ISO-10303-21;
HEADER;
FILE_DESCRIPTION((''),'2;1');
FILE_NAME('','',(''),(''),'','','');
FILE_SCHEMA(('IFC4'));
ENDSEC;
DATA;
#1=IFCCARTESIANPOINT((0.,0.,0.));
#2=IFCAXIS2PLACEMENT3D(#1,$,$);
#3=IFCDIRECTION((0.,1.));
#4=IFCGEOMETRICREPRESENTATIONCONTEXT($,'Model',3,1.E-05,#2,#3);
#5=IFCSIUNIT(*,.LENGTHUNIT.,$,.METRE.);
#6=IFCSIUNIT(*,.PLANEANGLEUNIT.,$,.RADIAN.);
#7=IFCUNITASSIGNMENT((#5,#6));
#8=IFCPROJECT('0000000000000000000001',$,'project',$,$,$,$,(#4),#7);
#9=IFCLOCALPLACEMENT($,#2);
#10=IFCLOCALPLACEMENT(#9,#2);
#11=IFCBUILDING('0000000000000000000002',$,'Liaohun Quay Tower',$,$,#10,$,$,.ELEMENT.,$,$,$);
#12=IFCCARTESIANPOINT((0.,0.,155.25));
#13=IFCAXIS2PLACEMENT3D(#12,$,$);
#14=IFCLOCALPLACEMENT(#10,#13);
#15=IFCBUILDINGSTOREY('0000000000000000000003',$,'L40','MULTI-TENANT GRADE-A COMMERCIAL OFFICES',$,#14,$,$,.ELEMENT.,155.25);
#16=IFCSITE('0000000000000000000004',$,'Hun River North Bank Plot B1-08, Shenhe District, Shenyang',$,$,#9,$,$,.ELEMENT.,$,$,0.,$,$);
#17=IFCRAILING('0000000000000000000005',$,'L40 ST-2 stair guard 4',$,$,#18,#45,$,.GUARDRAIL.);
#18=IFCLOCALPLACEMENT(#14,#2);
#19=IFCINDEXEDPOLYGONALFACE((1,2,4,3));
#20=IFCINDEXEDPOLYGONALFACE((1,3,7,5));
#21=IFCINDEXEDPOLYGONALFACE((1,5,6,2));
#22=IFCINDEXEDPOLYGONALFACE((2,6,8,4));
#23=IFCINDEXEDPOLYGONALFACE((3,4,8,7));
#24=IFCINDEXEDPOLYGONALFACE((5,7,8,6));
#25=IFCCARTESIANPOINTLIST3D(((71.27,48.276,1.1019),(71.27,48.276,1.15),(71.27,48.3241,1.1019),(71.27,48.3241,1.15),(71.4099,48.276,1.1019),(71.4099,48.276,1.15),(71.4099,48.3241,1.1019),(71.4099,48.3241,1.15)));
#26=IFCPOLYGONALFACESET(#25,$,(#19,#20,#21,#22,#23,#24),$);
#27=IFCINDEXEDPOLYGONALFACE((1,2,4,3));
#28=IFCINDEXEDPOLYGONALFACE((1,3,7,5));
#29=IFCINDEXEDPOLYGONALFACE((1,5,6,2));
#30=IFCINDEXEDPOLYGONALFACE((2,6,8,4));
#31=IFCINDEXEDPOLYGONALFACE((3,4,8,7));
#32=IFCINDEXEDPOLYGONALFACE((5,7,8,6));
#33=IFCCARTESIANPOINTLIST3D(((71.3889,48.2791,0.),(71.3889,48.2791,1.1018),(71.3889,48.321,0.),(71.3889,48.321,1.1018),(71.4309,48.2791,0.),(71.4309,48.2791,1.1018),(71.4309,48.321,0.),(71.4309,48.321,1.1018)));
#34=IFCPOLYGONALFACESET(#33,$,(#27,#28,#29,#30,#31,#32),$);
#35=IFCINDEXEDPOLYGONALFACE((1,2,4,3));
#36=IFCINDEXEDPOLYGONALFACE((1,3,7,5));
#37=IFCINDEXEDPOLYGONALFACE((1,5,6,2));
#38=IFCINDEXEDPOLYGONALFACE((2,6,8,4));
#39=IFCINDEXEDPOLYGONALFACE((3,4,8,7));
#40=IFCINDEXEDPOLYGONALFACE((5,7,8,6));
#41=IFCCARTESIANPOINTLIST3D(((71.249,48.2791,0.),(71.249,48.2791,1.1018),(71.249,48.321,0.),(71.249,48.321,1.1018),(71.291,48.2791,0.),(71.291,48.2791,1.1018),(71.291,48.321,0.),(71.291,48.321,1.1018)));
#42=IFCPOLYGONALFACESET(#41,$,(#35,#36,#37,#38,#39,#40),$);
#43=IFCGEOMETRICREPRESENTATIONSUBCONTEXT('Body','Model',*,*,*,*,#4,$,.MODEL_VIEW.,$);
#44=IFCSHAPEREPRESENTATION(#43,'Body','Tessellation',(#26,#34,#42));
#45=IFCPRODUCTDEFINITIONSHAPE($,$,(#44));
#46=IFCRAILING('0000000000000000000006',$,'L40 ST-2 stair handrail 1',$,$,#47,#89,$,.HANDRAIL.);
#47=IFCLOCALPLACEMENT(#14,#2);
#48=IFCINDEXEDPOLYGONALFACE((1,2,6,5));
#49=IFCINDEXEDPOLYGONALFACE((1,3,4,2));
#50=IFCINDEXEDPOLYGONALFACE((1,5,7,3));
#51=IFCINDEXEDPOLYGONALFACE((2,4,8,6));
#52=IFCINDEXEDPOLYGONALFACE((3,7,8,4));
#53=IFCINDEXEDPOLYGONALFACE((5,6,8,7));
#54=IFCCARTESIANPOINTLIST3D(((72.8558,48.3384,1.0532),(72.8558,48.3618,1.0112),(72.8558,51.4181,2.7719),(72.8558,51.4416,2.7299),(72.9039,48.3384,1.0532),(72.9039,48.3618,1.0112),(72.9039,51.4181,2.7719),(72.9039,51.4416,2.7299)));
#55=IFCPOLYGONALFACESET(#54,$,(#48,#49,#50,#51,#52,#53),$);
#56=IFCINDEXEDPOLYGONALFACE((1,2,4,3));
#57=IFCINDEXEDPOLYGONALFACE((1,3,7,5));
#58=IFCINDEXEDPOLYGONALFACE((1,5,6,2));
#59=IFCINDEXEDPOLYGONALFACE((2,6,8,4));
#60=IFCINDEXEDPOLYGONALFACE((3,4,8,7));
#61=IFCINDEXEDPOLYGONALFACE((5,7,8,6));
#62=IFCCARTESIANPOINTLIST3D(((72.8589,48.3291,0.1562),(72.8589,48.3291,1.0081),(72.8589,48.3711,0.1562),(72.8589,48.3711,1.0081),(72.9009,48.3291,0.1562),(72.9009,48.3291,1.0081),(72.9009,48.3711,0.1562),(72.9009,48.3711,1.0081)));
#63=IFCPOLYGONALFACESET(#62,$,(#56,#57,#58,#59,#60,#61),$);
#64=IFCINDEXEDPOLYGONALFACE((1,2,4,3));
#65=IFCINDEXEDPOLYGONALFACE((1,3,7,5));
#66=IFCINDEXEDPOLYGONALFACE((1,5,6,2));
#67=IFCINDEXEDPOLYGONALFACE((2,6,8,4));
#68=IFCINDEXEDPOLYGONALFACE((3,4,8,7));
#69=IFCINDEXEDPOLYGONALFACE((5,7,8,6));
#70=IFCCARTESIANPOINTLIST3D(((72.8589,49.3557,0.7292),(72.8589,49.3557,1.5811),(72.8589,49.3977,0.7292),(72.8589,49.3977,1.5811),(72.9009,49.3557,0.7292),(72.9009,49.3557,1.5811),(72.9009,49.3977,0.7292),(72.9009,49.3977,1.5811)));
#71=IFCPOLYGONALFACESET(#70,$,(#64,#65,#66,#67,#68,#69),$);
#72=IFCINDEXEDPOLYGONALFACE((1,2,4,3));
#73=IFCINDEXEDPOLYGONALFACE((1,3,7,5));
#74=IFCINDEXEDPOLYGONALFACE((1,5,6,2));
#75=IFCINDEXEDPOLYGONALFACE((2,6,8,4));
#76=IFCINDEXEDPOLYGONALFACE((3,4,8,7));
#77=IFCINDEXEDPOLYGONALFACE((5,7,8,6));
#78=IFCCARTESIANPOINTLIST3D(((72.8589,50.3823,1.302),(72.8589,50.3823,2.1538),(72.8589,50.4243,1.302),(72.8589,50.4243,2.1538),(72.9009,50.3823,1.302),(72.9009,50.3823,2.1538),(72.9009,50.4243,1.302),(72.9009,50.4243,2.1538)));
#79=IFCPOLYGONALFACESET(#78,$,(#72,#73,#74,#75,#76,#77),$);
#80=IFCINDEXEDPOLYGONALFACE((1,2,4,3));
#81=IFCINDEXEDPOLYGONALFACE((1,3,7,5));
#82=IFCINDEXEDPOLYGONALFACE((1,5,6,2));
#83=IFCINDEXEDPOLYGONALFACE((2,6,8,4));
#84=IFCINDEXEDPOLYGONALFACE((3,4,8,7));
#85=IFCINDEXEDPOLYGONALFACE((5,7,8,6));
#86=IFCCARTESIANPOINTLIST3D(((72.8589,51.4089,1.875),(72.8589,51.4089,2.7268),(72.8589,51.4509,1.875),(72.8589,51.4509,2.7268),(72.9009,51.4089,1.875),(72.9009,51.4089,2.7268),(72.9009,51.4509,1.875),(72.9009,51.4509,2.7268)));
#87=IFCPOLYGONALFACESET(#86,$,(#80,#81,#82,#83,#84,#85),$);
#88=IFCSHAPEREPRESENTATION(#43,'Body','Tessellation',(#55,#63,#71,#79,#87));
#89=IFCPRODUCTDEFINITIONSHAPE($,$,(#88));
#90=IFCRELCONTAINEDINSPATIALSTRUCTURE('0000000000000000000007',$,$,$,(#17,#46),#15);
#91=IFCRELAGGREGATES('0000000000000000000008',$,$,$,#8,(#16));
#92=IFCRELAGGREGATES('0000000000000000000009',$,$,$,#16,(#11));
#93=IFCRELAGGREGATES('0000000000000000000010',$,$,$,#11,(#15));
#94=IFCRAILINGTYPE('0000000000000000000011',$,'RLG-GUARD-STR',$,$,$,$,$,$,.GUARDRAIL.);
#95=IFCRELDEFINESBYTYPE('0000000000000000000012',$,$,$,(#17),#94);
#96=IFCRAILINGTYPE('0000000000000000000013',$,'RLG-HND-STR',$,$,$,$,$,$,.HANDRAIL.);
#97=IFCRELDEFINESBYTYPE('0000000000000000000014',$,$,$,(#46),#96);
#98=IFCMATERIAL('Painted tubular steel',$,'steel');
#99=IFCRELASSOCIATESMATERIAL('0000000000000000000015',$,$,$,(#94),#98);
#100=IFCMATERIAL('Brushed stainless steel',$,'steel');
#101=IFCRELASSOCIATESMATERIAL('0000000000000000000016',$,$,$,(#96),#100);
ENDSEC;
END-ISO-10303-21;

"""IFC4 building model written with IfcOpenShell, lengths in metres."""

from ifc_helpers import new_model, si_unit, direction, frame, origin, origin_2d, place, context, subcontext, project, spatial, rectangle, extrude, material, type_object, element, save


model = new_model("IFC4")

# Units and contexts
model_context = context("Model", 3, precision=1e-05, world=origin(), true_north=direction((0.0, 1.0)))
body_context = subcontext(model_context, "Body", "Model", "MODEL_VIEW")
ifc_project = project(units=[si_unit("LENGTHUNIT", "METRE"), si_unit("PLANEANGLEUNIT", "RADIAN")], contexts=[model_context])

# Site, building, storey
site_placement = place(None, origin())
site = spatial("IfcSite", under=ifc_project, at=site_placement, Name="Hun River North Bank Plot B1-08, Shenhe District, Shenyang", CompositionType="ELEMENT", RefElevation=0.0)
building_placement = place(site_placement, origin())
building = spatial("IfcBuilding", under=site, at=building_placement, Name="Liaohun Quay Tower", CompositionType="ELEMENT")
storey_placement = place(building_placement, frame((0.0, 0.0, 155.25)))
storey = spatial("IfcBuildingStorey", under=building, at=storey_placement, Name="L40", Description="MULTI-TENANT GRADE-A COMMERCIAL OFFICES", CompositionType="ELEMENT", Elevation=155.25)

# Railings
ifc_material_1 = material(Name="Painted tubular steel", Category="steel")
railing_type_1 = type_object("IfcRailingType", Name="RLG-GUARD-STR", PredefinedType="GUARDRAIL", material=ifc_material_1)
railing_1_placement = place(storey_placement, frame((71.4099, 48.3, 0.0)))
element("IfcRailing", 1, at=railing_1_placement, inside=storey, type_object=railing_type_1, Name="L40 ST-2 stair guard 4", PredefinedType="GUARDRAIL", context=body_context, shape_type="SweptSolid", body=[
    extrude(rectangle(XDim=0.0481, YDim=0.0481, at=origin_2d()), frame((0.0, 0.0, 1.126), z_axis=(-1.0, 0.0, 0.0), x_axis=(0.0, -1.0, 0.0)), (0.0, 0.0, 1.0), 0.1399),
    extrude(rectangle(XDim=0.042, YDim=0.042, at=origin_2d()), origin(), (0.0, 0.0, 1.0), 1.1018),
    extrude(rectangle(XDim=0.042, YDim=0.042, at=origin_2d()), frame((-0.1399, 0.0, 0.0)), (0.0, 0.0, 1.0), 1.1018),
])
ifc_material_2 = material(Name="Brushed stainless steel", Category="steel")
railing_type_2 = type_object("IfcRailingType", Name="RLG-HND-STR", PredefinedType="HANDRAIL", material=ifc_material_2)
railing_2_placement = place(storey_placement, frame((72.8799, 48.3501, 0.1562)))
element("IfcRailing", 2, at=railing_2_placement, inside=storey, type_object=railing_type_2, Name="L40 ST-2 stair handrail 1", PredefinedType="HANDRAIL", context=body_context, shape_type="SweptSolid", body=[
    extrude(rectangle(XDim=0.0481, YDim=0.0481, at=origin_2d()), frame((0.0, 0.0, 0.876), z_axis=(0.0, 0.873225, 0.487317), x_axis=(-1.0, 0.0, 0.0)), (0.0, 0.0, 1.0), 3.5269),
    extrude(rectangle(XDim=0.042, YDim=0.042, at=origin_2d()), origin(), (0.0, 0.0, 1.0), 0.8518),
    extrude(rectangle(XDim=0.042, YDim=0.042, at=origin_2d()), frame((0.0, 1.0266, 0.573)), (0.0, 0.0, 1.0), 0.8518),
    extrude(rectangle(XDim=0.042, YDim=0.042, at=origin_2d()), frame((0.0, 2.0532, 1.1458)), (0.0, 0.0, 1.0), 0.8518),
    extrude(rectangle(XDim=0.042, YDim=0.042, at=origin_2d()), frame((0.0, 3.0798, 1.7188)), (0.0, 0.0, 1.0), 0.8518),
])

save(model, "model.ifc")
